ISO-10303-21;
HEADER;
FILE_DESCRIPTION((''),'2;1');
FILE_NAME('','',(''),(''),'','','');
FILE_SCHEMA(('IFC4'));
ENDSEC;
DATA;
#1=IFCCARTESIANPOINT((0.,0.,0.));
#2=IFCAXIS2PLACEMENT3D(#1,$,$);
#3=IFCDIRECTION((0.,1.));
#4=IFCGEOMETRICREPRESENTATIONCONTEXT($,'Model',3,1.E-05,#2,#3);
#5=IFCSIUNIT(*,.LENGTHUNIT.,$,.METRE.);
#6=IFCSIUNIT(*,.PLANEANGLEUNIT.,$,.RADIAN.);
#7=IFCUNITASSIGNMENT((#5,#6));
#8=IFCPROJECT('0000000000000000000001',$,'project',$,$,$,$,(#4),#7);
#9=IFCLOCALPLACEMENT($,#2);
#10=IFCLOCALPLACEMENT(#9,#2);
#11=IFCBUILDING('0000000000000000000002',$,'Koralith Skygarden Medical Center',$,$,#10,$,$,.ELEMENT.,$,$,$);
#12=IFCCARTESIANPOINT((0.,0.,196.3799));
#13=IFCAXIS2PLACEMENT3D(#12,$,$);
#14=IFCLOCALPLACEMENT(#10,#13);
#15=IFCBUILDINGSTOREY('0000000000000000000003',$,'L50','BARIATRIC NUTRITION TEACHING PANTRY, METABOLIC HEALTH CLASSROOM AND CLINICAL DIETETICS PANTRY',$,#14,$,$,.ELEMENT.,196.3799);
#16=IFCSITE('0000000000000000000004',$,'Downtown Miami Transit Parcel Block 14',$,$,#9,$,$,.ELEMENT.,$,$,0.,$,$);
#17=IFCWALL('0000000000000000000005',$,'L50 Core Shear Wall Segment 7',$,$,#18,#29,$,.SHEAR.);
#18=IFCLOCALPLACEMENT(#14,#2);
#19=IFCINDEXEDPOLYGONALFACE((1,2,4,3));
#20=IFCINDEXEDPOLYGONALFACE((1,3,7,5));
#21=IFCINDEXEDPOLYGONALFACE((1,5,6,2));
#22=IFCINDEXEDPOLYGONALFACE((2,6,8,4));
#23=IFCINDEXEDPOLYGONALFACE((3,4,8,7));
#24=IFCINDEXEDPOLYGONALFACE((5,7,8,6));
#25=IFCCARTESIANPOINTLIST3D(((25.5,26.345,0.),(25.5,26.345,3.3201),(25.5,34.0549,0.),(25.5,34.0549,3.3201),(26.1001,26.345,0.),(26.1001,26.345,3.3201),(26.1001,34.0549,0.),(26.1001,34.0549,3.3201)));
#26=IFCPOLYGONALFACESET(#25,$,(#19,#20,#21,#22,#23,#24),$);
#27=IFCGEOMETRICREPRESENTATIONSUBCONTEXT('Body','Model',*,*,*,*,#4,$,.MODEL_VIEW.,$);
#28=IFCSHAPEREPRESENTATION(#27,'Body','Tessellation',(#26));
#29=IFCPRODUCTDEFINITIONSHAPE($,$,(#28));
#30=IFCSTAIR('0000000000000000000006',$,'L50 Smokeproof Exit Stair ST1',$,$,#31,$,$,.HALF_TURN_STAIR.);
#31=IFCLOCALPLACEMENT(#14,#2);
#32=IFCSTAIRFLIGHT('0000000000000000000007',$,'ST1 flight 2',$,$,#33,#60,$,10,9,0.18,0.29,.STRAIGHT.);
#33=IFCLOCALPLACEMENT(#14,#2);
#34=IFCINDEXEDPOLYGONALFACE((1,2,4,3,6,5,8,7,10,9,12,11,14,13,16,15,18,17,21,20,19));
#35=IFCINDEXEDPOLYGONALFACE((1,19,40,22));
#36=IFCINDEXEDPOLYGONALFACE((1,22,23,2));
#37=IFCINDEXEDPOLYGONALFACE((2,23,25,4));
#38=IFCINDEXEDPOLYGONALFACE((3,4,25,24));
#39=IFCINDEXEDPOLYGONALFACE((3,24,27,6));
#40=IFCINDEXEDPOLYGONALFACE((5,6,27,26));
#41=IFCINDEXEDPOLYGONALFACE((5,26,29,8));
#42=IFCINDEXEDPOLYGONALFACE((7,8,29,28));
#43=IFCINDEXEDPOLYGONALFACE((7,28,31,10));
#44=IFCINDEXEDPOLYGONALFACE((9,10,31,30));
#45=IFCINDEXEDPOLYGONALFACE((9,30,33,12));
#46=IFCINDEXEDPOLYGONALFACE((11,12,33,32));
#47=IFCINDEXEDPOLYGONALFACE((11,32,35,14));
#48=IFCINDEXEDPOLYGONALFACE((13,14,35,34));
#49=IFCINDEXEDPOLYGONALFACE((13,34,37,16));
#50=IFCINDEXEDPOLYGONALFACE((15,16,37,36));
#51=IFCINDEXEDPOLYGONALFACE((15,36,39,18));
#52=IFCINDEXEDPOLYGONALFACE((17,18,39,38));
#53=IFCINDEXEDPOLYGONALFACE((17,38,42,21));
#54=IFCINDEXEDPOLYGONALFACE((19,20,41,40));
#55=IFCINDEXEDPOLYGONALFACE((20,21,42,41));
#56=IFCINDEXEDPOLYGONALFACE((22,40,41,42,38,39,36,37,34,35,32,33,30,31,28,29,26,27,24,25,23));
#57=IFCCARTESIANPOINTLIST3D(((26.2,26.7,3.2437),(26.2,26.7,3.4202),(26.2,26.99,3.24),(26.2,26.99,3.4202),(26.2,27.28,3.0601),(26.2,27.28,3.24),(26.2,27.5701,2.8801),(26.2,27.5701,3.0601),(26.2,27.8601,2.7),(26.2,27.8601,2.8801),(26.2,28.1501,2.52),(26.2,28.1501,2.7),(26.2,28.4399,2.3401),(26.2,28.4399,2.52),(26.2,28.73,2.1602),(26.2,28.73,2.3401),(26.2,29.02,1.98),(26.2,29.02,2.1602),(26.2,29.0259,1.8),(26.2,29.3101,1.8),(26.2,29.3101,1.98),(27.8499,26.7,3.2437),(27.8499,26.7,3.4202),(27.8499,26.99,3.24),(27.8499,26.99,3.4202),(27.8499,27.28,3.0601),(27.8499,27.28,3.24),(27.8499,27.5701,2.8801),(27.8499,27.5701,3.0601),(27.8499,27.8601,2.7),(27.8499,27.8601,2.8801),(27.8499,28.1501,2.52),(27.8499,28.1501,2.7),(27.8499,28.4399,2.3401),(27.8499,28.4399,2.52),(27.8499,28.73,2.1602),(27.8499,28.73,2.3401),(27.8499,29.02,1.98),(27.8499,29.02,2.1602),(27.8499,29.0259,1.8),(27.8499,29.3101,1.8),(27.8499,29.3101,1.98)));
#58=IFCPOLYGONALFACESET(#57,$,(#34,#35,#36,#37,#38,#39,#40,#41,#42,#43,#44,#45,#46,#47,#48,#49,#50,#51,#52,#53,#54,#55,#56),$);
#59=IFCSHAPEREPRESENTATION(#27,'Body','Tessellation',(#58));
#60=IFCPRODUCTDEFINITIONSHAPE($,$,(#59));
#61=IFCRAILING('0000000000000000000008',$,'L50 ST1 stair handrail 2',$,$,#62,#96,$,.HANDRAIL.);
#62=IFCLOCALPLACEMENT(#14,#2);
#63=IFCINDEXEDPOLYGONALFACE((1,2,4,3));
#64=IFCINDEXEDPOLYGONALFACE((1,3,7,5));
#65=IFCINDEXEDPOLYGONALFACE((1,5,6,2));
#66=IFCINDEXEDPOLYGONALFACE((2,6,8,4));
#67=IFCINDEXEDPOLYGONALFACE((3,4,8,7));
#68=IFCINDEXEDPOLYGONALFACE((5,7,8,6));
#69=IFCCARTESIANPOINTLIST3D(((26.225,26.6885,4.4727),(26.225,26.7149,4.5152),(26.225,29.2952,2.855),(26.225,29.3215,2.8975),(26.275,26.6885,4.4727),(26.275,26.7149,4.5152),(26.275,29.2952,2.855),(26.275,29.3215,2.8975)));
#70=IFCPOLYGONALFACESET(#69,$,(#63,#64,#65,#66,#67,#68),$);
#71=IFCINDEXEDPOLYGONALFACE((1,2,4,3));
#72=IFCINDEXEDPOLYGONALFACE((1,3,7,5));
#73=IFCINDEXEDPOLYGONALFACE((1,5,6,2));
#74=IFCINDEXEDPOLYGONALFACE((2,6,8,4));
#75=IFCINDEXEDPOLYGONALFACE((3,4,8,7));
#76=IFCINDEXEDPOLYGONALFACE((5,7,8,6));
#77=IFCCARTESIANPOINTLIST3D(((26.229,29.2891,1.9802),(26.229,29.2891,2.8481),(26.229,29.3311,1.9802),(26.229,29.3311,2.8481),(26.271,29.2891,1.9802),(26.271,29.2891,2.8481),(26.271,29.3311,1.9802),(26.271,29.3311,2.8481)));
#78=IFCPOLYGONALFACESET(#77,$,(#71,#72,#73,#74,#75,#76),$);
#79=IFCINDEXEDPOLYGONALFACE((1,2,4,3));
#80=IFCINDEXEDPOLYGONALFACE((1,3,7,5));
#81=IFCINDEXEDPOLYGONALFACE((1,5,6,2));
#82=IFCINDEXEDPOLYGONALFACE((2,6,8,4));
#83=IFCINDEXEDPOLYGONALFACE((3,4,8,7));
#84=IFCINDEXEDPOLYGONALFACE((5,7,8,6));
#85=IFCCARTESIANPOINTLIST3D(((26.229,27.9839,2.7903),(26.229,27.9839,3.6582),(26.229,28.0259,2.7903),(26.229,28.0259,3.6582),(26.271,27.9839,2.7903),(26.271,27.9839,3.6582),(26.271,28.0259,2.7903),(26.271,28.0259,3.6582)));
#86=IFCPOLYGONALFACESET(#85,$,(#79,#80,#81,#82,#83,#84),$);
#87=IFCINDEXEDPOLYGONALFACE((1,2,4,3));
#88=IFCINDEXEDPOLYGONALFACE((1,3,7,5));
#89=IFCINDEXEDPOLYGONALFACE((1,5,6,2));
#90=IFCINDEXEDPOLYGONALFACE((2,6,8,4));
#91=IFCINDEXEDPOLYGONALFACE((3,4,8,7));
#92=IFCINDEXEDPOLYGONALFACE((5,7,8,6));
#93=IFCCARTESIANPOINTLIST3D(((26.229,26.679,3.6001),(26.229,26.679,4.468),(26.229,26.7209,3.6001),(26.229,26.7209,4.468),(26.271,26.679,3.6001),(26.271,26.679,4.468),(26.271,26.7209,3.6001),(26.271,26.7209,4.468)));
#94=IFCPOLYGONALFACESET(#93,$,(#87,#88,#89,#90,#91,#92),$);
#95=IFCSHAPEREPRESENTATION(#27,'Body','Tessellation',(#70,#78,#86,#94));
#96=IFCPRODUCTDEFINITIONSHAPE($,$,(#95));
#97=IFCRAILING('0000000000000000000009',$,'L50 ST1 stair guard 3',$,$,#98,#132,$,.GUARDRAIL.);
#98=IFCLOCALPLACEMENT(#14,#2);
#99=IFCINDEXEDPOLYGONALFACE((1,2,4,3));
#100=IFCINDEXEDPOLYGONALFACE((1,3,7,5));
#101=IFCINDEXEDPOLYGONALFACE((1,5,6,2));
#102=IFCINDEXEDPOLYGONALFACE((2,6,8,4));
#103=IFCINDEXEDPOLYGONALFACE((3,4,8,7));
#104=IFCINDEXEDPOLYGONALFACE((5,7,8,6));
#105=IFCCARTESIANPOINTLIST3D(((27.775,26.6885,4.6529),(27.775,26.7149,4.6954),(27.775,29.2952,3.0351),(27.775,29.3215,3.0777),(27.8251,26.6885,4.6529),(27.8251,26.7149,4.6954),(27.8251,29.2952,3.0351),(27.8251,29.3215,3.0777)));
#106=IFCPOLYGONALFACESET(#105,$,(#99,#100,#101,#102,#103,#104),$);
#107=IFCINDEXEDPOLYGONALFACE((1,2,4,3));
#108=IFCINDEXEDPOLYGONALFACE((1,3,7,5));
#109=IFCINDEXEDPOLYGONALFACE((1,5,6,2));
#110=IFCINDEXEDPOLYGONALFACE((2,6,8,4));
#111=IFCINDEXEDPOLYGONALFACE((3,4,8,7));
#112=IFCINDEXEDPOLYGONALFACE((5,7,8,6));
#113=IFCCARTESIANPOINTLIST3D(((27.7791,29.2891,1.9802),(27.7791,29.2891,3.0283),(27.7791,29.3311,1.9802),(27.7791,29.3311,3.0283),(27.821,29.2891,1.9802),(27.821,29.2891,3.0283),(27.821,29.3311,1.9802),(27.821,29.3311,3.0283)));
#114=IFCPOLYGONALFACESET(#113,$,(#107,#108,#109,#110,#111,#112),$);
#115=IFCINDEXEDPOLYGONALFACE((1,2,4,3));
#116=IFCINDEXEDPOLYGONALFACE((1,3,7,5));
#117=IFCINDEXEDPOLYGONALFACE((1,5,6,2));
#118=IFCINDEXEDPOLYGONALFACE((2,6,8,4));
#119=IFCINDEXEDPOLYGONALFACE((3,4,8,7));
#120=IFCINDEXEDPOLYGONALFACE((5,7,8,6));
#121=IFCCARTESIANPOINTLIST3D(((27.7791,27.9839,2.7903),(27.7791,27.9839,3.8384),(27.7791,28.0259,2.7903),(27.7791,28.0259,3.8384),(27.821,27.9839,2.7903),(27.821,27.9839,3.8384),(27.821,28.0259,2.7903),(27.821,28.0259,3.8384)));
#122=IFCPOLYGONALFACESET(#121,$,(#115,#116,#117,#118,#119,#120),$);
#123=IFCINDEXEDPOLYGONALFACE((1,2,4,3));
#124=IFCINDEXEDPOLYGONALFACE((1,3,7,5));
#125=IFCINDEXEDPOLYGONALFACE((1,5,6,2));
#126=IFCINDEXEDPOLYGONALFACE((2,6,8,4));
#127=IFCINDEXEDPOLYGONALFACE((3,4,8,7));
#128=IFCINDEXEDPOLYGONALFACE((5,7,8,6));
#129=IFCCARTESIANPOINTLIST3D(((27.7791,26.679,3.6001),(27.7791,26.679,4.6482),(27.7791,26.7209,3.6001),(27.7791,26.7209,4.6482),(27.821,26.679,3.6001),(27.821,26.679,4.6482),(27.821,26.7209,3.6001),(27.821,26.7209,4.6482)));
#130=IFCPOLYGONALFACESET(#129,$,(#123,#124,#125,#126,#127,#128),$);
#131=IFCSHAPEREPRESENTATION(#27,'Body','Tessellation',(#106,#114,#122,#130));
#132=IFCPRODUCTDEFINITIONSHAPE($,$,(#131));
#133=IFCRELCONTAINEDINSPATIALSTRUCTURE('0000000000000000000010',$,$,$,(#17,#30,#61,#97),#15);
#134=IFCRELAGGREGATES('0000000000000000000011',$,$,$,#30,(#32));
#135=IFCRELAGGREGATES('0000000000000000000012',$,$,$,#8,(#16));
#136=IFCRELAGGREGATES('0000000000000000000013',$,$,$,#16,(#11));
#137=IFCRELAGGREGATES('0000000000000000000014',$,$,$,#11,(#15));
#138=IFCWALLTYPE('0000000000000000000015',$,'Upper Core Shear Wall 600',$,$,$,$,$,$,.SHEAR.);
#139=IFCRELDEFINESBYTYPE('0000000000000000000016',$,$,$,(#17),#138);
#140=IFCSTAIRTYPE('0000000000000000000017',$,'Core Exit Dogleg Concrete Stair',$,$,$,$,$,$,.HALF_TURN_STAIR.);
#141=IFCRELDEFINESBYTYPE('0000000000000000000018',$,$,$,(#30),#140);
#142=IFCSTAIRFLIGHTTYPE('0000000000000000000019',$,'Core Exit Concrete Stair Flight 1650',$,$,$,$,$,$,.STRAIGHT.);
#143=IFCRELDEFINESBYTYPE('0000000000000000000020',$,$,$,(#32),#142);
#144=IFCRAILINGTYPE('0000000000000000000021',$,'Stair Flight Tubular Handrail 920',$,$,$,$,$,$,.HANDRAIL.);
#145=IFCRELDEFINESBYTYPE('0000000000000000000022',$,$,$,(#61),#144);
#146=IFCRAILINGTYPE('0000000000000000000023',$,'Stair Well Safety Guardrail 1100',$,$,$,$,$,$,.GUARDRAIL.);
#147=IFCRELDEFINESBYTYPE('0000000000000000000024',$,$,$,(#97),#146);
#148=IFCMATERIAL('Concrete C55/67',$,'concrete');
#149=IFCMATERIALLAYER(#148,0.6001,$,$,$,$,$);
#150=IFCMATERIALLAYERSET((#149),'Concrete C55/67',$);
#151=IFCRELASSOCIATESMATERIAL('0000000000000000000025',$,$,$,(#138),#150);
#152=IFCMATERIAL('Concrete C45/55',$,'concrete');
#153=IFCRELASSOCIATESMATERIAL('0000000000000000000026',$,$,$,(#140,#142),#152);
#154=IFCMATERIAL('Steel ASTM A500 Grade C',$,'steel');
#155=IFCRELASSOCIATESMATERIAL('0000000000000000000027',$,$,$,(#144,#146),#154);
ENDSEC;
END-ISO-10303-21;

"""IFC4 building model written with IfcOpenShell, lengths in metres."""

from ifc_helpers import new_model, si_unit, direction, frame, frame_2d, origin, origin_2d, place, context, subcontext, project, spatial, polyline, rectangle, outline, extrude, material, layer, layer_set, type_object, element, aggregate, save


model = new_model("IFC4")

# Units and contexts
model_context = context("Model", 3, precision=1e-05, world=origin(), true_north=direction((0.0, 1.0)))
body_context = subcontext(model_context, "Body", "Model", "MODEL_VIEW")
ifc_project = project(units=[si_unit("LENGTHUNIT", "METRE"), si_unit("PLANEANGLEUNIT", "RADIAN")], contexts=[model_context])

# Site, building, storey
site_placement = place(None, origin())
site = spatial("IfcSite", under=ifc_project, at=site_placement, Name="Downtown Miami Transit Parcel Block 14", CompositionType="ELEMENT", RefElevation=0.0)
building_placement = place(site_placement, origin())
building = spatial("IfcBuilding", under=site, at=building_placement, Name="Koralith Skygarden Medical Center", CompositionType="ELEMENT")
storey_placement = place(building_placement, frame((0.0, 0.0, 196.3799)))
storey = spatial("IfcBuildingStorey", under=building, at=storey_placement, Name="L50", Description="BARIATRIC NUTRITION TEACHING PANTRY, METABOLIC HEALTH CLASSROOM AND CLINICAL DIETETICS PANTRY", CompositionType="ELEMENT", Elevation=196.3799)

# Shared definitions
ifc_material_1 = material(Name="Concrete C55/67", Category="concrete")

# Shared definitions
ifc_material_2 = material(Name="Concrete C45/55", Category="concrete")

# Wall
ifc_layer_1 = layer(ifc_material_1, 0.6001)
ifc_layer_set_1 = layer_set([ifc_layer_1], Name="Concrete C55/67")
wall_type_1 = type_object("IfcWallType", Name="Upper Core Shear Wall 600", PredefinedType="SHEAR", material=ifc_layer_set_1)
wall_1_placement = place(storey_placement, frame((25.8, 34.0549, 0.0), z_axis=(0.0, 0.0, 1.0), x_axis=(0.0, -1.0, 0.0)))
element("IfcWall", 1, at=wall_1_placement, inside=storey, type_object=wall_type_1, Name="L50 Core Shear Wall Segment 7", PredefinedType="SHEAR", context=body_context, shape_type="SweptSolid", body=[
    extrude(rectangle(XDim=7.71, YDim=0.6001, at=frame_2d((3.855, 0.0))), origin(), (0.0, 0.0, 1.0), 3.3201),
])

# Stair, stair flight
stair_type = type_object("IfcStairType", Name="Core Exit Dogleg Concrete Stair", PredefinedType="HALF_TURN_STAIR", material=ifc_material_2)
stair_placement = place(storey_placement, origin())
stair = element("IfcStair", 2, at=stair_placement, inside=storey, type_object=stair_type, Name="L50 Smokeproof Exit Stair ST1", PredefinedType="HALF_TURN_STAIR")
stair_flight_type = type_object("IfcStairFlightType", Name="Core Exit Concrete Stair Flight 1650", PredefinedType="STRAIGHT", material=ifc_material_2)
stair_flight_placement = place(storey_placement, frame((27.0249, 29.3101, 1.8), z_axis=(0.0, 0.0, 1.0), x_axis=(0.0, -1.0, 0.0)))
stair_flight = element("IfcStairFlight", 3, at=stair_flight_placement, type_object=stair_flight_type, Name="ST1 flight 2", NumberOfRisers=10, NumberOfTreads=9, PredefinedType="STRAIGHT", RiserHeight=0.18, TreadLength=0.29, context=body_context, shape_type="SweptSolid", body=[
    extrude(outline(polyline([(0.0, 0.0), (0.0, 0.1799), (0.29, 0.1799), (0.29, 0.3601), (0.5801, 0.3601), (0.5801, 0.54), (0.8701, 0.54), (0.8701, 0.72), (1.1599, 0.72), (1.1599, 0.8999), (1.45, 0.8999), (1.45, 1.0801), (1.74, 1.0801), (1.74, 1.26), (2.03, 1.26), (2.03, 1.4399), (2.3201, 1.4399), (2.3201, 1.6201), (2.6101, 1.6201), (2.6101, 1.8), (2.6101, 1.4436), (0.2842, 0.0), (0.0, 0.0)])), frame((0.0, 0.825, 0.0), z_axis=(0.0, -1.0, 0.0), x_axis=(1.0, 0.0, 0.0)), (0.0, 0.0, 1.0), 1.6499),
])
aggregate(stair, [stair_flight])

# Railings
ifc_material_3 = material(Name="Steel ASTM A500 Grade C", Category="steel")
railing_type_1 = type_object("IfcRailingType", Name="Stair Flight Tubular Handrail 920", PredefinedType="HANDRAIL", material=ifc_material_3)
railing_1_placement = place(storey_placement, frame((26.25, 29.3101, 1.9802)))
element("IfcRailing", 4, at=railing_1_placement, inside=storey, type_object=railing_type_1, Name="L50 ST1 stair handrail 2", PredefinedType="HANDRAIL", context=body_context, shape_type="SweptSolid", body=[
    extrude(rectangle(XDim=0.05, YDim=0.05, at=origin_2d()), frame((0.0, -0.0017, 0.896), z_axis=(0.0, -0.849668, 0.527317), x_axis=(1.0, 0.0, 0.0)), (0.0, 0.0, 1.0), 3.0679),
    extrude(rectangle(XDim=0.042, YDim=0.042, at=origin_2d()), origin(), (0.0, 0.0, 1.0), 0.8679),
    extrude(rectangle(XDim=0.042, YDim=0.042, at=origin_2d()), frame((0.0, -1.3052, 0.8101)), (0.0, 0.0, 1.0), 0.8679),
    extrude(rectangle(XDim=0.042, YDim=0.042, at=origin_2d()), frame((0.0, -2.6101, 1.6199)), (0.0, 0.0, 1.0), 0.8679),
])
railing_type_2 = type_object("IfcRailingType", Name="Stair Well Safety Guardrail 1100", PredefinedType="GUARDRAIL", material=ifc_material_3)
railing_2_placement = place(storey_placement, frame((27.8, 29.3101, 1.9802)))
element("IfcRailing", 5, at=railing_2_placement, inside=storey, type_object=railing_type_2, Name="L50 ST1 stair guard 3", PredefinedType="GUARDRAIL", context=body_context, shape_type="SweptSolid", body=[
    extrude(rectangle(XDim=0.05, YDim=0.05, at=origin_2d()), frame((0.0, -0.0017, 1.0762), z_axis=(0.0, -0.849668, 0.527317), x_axis=(1.0, 0.0, 0.0)), (0.0, 0.0, 1.0), 3.0679),
    extrude(rectangle(XDim=0.042, YDim=0.042, at=origin_2d()), origin(), (0.0, 0.0, 1.0), 1.0481),
    extrude(rectangle(XDim=0.042, YDim=0.042, at=origin_2d()), frame((0.0, -1.3052, 0.8101)), (0.0, 0.0, 1.0), 1.0481),
    extrude(rectangle(XDim=0.042, YDim=0.042, at=origin_2d()), frame((0.0, -2.6101, 1.6199)), (0.0, 0.0, 1.0), 1.0481),
])

save(model, "model.ifc")
